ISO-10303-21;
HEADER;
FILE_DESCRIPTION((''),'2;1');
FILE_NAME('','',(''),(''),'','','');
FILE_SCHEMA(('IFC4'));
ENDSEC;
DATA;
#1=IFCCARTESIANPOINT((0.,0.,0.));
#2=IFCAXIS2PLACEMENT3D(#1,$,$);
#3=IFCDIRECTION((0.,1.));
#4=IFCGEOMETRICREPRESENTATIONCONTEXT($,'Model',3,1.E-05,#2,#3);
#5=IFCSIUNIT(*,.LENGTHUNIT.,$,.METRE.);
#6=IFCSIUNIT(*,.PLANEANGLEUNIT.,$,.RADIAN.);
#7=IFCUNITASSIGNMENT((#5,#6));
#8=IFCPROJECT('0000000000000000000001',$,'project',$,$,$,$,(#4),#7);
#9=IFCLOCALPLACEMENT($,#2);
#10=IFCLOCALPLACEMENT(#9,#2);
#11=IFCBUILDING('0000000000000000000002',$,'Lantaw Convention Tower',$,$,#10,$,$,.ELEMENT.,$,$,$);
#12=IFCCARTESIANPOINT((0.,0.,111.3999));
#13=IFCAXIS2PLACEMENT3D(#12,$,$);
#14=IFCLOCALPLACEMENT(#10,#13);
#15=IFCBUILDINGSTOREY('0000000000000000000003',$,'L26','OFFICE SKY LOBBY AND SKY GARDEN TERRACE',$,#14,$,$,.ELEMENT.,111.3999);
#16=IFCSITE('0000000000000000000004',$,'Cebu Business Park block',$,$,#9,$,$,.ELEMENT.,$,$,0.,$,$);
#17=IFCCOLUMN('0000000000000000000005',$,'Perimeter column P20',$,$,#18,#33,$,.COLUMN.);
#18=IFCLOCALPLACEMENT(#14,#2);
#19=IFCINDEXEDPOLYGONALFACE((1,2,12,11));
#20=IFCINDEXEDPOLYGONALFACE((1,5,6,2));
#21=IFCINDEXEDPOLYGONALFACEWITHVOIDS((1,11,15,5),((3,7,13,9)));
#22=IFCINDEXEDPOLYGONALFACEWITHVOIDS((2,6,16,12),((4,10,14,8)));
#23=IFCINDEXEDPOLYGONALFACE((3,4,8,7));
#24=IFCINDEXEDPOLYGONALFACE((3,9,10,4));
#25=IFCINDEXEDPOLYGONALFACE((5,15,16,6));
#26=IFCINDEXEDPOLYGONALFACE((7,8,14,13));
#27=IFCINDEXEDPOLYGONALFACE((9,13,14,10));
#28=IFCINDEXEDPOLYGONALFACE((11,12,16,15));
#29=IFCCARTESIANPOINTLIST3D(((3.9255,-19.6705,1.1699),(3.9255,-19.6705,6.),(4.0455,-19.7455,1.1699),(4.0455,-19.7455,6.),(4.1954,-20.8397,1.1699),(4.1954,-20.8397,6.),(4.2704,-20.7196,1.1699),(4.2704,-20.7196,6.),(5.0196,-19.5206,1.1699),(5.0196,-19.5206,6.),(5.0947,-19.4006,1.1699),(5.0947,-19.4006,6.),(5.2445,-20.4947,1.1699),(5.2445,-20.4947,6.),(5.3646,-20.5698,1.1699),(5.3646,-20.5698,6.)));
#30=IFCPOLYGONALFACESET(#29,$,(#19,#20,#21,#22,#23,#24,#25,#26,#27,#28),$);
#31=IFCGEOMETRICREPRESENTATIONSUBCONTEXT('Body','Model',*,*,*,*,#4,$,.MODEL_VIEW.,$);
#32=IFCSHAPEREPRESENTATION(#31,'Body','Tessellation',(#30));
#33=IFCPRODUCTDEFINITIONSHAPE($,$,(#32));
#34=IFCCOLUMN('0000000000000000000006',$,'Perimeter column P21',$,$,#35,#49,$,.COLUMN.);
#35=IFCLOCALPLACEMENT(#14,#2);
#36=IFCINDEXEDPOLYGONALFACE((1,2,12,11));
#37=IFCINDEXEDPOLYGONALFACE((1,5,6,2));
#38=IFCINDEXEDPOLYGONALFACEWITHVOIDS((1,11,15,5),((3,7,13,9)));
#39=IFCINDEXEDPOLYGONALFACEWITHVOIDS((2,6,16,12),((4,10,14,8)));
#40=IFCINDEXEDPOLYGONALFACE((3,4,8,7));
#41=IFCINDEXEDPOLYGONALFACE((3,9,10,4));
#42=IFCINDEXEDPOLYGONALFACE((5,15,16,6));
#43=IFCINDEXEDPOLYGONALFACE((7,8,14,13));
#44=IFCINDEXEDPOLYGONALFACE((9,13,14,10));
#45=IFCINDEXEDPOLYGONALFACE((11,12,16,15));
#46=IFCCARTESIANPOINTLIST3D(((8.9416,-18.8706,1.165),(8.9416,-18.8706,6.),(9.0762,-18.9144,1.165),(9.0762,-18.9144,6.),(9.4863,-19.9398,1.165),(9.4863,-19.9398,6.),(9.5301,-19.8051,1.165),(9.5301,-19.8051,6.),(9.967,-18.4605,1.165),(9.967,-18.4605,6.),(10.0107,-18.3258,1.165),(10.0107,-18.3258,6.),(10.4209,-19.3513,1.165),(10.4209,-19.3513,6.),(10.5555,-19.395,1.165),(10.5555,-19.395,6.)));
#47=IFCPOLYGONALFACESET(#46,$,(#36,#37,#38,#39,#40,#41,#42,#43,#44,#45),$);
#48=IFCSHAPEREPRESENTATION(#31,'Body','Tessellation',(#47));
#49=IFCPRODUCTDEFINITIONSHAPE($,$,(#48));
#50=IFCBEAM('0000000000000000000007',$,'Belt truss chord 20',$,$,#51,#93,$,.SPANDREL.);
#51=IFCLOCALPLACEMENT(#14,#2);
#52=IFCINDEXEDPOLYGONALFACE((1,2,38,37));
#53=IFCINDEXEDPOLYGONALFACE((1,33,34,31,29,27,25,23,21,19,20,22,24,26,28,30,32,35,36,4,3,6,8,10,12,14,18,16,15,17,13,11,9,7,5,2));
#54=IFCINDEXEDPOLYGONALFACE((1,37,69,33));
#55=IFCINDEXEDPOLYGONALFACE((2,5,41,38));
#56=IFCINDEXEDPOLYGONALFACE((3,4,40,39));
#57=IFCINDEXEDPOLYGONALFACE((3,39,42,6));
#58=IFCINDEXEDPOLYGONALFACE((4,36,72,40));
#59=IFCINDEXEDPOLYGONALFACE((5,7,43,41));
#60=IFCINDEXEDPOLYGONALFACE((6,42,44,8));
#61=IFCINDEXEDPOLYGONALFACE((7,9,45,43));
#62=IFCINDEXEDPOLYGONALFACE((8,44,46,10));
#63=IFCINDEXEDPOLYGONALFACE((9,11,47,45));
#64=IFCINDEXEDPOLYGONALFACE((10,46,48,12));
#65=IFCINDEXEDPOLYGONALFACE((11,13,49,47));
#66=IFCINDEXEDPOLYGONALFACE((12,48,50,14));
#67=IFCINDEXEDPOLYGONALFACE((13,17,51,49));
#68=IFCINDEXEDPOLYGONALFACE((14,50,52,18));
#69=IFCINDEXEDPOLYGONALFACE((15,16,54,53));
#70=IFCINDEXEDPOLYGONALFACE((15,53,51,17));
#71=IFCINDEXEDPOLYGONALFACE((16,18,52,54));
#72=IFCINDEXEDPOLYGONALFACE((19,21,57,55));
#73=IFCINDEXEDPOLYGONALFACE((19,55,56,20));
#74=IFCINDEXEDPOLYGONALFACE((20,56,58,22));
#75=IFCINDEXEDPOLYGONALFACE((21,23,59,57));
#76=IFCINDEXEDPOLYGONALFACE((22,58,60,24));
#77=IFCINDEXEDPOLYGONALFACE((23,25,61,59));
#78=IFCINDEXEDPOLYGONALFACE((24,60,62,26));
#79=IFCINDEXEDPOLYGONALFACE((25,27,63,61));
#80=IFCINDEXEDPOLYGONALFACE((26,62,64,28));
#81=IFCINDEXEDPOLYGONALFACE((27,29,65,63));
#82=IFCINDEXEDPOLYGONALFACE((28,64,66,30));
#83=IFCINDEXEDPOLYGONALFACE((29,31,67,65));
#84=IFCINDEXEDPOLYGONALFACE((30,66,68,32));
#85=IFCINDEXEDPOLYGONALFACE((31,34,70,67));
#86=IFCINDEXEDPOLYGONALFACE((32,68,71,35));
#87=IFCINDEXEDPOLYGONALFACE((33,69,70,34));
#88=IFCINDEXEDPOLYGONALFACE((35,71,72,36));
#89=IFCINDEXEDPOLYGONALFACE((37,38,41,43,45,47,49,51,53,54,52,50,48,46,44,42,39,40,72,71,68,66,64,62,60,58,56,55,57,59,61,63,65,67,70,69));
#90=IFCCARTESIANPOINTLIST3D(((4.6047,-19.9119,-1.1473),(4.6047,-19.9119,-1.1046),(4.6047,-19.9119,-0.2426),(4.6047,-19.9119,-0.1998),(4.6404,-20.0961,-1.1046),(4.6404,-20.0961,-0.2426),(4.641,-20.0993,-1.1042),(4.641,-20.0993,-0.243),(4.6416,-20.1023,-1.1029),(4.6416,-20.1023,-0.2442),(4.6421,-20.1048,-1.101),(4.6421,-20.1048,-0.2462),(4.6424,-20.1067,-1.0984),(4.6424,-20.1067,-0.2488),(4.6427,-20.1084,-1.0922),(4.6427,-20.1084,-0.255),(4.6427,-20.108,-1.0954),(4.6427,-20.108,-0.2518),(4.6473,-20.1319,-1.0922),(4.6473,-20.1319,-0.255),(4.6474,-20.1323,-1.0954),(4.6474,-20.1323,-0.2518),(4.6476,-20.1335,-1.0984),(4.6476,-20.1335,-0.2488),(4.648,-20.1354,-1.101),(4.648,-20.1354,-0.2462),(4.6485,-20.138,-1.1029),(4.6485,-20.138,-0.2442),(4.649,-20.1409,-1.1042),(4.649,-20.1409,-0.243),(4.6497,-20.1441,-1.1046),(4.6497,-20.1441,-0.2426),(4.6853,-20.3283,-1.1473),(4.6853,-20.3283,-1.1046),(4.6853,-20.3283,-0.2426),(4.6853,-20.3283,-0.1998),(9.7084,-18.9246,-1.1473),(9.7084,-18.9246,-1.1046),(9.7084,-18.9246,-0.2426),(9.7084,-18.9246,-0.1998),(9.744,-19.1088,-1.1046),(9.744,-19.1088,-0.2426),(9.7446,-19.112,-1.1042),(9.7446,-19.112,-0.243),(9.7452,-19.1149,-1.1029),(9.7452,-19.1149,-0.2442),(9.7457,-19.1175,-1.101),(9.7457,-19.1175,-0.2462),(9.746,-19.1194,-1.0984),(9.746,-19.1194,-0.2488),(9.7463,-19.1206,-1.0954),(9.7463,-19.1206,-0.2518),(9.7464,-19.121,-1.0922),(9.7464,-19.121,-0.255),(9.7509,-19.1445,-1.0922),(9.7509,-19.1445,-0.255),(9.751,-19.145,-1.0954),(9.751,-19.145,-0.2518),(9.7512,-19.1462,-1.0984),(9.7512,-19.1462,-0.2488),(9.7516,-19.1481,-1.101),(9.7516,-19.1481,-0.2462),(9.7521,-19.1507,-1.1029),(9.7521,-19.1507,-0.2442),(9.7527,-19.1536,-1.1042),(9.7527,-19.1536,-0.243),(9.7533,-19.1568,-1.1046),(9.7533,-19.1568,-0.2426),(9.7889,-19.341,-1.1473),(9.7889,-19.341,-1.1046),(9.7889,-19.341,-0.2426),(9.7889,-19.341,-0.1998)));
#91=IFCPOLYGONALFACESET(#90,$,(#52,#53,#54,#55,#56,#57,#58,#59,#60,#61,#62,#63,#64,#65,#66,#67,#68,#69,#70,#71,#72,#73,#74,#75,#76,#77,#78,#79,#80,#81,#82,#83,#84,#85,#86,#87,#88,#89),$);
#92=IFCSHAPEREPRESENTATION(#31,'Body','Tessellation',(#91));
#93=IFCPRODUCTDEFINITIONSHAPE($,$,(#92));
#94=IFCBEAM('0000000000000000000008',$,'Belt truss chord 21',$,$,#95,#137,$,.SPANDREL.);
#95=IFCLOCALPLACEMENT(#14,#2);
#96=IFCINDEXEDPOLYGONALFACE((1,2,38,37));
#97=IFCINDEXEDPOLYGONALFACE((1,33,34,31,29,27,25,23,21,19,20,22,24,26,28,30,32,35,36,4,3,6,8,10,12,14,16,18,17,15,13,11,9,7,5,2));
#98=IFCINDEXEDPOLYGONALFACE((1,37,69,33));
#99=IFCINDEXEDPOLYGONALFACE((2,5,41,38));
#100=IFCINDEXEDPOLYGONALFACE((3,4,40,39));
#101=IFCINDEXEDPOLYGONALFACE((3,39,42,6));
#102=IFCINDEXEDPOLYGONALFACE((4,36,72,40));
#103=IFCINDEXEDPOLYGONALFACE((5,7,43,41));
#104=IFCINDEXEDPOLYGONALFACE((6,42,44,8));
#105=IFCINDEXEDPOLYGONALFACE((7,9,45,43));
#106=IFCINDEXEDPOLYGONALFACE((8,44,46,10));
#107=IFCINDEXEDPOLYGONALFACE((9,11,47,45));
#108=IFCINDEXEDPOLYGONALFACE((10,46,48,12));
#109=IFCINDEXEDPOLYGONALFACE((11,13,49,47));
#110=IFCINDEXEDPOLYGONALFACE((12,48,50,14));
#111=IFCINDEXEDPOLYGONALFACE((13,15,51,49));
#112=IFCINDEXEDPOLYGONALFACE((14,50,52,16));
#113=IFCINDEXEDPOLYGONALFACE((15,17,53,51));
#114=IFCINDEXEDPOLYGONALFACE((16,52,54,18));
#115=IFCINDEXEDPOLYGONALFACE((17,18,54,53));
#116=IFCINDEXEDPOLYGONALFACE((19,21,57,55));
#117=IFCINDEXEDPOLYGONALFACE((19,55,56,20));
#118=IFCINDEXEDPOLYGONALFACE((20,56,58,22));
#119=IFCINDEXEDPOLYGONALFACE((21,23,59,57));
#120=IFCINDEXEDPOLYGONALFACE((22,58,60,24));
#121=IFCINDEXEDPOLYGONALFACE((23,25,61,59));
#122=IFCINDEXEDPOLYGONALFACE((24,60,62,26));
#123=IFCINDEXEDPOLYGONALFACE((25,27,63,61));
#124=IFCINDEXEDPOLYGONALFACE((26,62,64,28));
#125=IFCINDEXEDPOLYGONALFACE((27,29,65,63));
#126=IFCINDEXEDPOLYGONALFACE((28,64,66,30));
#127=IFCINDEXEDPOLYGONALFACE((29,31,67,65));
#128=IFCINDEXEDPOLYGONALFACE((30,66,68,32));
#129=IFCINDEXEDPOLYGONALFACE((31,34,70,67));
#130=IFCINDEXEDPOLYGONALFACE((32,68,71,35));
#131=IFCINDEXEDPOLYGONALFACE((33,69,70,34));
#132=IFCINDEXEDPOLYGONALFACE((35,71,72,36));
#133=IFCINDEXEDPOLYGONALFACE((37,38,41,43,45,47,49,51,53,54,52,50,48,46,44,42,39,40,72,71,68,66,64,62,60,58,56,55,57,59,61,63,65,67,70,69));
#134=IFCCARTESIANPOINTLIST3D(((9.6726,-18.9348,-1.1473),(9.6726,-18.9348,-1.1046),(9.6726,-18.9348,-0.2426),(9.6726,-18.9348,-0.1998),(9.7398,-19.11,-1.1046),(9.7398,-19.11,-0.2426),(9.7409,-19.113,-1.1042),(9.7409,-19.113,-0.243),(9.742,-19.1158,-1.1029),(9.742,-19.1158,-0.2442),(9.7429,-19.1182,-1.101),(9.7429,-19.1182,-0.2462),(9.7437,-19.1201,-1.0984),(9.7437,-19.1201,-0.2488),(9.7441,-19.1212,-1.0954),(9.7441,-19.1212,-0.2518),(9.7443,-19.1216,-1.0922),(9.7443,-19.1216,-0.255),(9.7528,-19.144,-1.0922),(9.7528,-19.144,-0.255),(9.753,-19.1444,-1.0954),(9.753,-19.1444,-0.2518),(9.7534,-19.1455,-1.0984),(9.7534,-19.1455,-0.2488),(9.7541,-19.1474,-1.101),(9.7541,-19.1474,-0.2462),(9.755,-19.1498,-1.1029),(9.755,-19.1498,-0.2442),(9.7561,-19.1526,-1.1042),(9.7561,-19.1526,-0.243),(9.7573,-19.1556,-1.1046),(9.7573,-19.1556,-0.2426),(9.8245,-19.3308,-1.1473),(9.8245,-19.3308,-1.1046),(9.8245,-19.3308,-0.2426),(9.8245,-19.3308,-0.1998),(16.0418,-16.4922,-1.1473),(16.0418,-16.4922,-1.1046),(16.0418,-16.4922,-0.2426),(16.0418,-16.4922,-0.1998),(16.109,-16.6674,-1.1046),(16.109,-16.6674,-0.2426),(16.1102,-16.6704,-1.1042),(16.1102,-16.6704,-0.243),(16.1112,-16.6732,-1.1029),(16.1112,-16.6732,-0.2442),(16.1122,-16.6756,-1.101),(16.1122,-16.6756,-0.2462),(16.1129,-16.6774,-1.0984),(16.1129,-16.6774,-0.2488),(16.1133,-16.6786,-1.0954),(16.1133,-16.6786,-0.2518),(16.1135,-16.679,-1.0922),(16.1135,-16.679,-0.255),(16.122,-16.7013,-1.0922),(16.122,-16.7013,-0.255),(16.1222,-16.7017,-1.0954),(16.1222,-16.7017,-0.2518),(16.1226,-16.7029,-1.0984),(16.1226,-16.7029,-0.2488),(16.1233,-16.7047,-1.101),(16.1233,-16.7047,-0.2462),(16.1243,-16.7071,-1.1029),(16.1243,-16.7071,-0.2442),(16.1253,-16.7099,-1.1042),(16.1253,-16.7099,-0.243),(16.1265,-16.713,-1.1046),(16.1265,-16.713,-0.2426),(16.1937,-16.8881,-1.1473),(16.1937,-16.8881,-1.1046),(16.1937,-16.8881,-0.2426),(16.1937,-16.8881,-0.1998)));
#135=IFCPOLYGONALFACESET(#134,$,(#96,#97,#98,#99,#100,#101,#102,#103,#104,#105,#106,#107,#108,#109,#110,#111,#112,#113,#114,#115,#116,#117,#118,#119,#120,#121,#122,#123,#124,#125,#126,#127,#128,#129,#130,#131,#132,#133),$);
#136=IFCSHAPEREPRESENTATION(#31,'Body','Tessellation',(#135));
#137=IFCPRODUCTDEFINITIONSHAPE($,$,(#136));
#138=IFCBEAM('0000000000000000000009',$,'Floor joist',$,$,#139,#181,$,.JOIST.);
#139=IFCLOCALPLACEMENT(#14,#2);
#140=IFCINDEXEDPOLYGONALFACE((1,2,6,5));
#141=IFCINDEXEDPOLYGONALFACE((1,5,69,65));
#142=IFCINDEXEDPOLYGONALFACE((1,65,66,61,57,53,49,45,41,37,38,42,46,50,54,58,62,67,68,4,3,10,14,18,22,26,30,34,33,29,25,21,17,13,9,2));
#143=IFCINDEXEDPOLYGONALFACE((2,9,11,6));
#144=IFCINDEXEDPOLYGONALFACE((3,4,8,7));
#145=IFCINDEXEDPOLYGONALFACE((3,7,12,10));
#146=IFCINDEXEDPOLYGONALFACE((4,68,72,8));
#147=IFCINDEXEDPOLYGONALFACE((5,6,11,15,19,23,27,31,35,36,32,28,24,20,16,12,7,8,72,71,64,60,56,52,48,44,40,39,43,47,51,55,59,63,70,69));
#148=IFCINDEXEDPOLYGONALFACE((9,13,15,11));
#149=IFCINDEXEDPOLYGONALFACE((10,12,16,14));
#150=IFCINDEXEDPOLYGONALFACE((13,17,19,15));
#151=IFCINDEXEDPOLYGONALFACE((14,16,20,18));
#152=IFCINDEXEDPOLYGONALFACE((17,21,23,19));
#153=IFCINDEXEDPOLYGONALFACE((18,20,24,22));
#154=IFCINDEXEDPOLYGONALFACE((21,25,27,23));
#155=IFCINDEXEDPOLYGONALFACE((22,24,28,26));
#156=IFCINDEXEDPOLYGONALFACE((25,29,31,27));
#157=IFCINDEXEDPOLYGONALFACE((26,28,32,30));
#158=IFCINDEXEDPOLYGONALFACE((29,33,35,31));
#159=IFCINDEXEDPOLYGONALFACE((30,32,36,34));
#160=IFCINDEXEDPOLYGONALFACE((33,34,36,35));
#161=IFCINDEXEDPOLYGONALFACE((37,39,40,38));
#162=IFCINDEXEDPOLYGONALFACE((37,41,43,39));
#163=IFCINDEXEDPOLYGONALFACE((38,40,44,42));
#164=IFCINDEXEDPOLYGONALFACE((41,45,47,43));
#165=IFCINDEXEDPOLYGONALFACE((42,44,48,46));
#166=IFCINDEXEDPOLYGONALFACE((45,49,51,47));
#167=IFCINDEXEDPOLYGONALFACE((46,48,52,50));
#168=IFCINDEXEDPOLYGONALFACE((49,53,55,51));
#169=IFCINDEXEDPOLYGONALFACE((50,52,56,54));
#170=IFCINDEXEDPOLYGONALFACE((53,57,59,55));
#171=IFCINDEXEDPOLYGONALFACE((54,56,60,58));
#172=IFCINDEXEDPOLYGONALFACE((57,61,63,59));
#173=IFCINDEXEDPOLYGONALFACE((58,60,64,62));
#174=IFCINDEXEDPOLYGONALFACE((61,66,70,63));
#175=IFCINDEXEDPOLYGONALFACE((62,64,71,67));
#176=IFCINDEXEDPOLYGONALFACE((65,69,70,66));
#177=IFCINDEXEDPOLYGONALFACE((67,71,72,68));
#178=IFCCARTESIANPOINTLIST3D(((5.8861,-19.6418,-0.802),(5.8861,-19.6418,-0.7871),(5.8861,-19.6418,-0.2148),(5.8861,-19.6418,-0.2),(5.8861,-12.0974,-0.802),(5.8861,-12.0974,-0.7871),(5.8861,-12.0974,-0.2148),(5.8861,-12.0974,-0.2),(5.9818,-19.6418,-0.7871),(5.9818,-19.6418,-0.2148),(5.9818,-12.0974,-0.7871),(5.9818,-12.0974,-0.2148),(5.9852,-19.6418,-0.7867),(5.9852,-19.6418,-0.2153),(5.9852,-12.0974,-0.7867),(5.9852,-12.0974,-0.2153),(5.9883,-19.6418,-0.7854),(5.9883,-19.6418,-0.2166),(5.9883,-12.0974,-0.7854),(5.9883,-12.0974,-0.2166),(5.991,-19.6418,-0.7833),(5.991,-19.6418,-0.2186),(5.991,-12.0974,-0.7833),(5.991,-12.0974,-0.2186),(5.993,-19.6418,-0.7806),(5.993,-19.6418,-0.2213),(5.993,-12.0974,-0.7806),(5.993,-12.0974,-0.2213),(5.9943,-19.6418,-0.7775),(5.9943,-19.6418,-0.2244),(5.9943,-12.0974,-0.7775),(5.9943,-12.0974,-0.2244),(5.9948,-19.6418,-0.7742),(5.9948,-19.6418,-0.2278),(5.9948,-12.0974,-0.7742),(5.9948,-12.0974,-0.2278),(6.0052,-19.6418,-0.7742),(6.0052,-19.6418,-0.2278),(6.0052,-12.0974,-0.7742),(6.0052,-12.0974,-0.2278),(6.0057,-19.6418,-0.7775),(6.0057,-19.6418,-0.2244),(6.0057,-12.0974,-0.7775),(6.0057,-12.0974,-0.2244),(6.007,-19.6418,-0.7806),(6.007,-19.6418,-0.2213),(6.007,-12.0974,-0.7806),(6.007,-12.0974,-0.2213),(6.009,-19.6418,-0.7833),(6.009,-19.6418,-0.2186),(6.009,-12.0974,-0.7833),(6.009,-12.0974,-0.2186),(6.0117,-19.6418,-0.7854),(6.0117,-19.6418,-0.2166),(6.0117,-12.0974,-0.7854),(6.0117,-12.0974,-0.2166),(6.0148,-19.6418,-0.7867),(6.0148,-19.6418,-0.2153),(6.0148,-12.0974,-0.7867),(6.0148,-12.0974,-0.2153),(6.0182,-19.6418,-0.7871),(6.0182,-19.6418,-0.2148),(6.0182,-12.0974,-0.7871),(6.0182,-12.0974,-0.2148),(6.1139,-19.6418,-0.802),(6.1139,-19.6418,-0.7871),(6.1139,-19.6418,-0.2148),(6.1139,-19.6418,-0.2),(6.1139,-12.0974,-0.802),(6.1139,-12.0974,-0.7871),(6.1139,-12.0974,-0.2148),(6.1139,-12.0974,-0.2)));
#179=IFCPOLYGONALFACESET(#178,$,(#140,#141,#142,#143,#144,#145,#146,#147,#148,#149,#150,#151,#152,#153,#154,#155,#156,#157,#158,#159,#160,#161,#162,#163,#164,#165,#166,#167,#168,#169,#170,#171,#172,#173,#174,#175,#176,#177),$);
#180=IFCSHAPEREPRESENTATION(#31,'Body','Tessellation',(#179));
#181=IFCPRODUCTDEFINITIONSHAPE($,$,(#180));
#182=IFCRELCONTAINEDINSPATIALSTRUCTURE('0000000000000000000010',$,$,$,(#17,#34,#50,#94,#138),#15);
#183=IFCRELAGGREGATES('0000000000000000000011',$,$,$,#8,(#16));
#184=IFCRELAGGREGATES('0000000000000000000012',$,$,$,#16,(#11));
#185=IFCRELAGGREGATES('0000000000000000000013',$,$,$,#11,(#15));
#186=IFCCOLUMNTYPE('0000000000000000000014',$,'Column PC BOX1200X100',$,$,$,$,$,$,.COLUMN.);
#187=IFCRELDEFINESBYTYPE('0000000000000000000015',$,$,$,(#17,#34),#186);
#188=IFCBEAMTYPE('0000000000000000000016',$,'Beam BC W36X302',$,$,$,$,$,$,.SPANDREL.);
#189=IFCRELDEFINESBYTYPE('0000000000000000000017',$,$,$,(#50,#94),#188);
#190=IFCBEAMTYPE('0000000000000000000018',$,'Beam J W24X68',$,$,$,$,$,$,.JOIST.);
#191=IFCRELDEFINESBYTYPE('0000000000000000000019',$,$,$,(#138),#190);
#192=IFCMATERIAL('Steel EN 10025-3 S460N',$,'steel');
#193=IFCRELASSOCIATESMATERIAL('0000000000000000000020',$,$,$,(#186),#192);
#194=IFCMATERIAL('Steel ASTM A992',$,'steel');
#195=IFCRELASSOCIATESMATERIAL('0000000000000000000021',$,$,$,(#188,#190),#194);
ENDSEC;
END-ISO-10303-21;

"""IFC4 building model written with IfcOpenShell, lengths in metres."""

from ifc_helpers import new_model, si_unit, direction, frame, origin, origin_2d, place, context, subcontext, project, spatial, rectangle, hollow_rectangle, i_section, extrude, material, material_profile, profile_set, type_object, element, save


model = new_model("IFC4")

# Units and contexts
model_context = context("Model", 3, precision=1e-05, world=origin(), true_north=direction((0.0, 1.0)))
body_context = subcontext(model_context, "Body", "Model", "MODEL_VIEW")
ifc_project = project(units=[si_unit("LENGTHUNIT", "METRE"), si_unit("PLANEANGLEUNIT", "RADIAN")], contexts=[model_context])

# Site, building, storey
site_placement = place(None, origin())
site = spatial("IfcSite", under=ifc_project, at=site_placement, Name="Cebu Business Park block", CompositionType="ELEMENT", RefElevation=0.0)
building_placement = place(site_placement, origin())
building = spatial("IfcBuilding", under=site, at=building_placement, Name="Lantaw Convention Tower", CompositionType="ELEMENT")
storey_placement = place(building_placement, frame((0.0, 0.0, 111.3999)))
storey = spatial("IfcBuildingStorey", under=building, at=storey_placement, Name="L26", Description="OFFICE SKY LOBBY AND SKY GARDEN TERRACE", CompositionType="ELEMENT", Elevation=111.3999)

# Columns
ifc_material_1 = material(Name="Steel EN 10025-3 S460N", Category="steel")
ifc_material_profile_1 = material_profile(ifc_material_1, hollow_rectangle(XDim=1.2, YDim=1.2, WallThickness=0.1001, at=origin_2d()), Name="BOX1200X100")
ifc_material_2 = material(Name="Concrete C60/75", Category="concrete")
ifc_material_profile_2 = material_profile(ifc_material_2, rectangle(XDim=1.0, YDim=1.0, at=origin_2d()), Name="Concrete fill of BOX1200X100")
ifc_profile_set_1 = profile_set([ifc_material_profile_1, ifc_material_profile_2], Name="Steel EN 10025-3 S460N")
column_type = type_object("IfcColumnType", Name="Column PC BOX1200X100", PredefinedType="COLUMN", material=ifc_profile_set_1)
column_1_placement = place(storey_placement, frame((4.645, -20.1201, 1.1699), z_axis=(0.0, 0.0, 1.0), x_axis=(0.97437, 0.224951, 0.0)))
element("IfcColumn", 1, at=column_1_placement, inside=storey, type_object=column_type, Name="Perimeter column P20", PredefinedType="COLUMN", context=body_context, shape_type="SweptSolid", body=[
    extrude(hollow_rectangle(XDim=1.2, YDim=1.2, WallThickness=0.1001, at=origin_2d()), origin(), (0.0, 0.0, 1.0), 4.8301),
])
column_2_placement = place(storey_placement, frame((9.7485, -19.1328, 1.165), z_axis=(0.0, 0.0, 1.0), x_axis=(0.891007, 0.45399, 0.0)))
element("IfcColumn", 2, at=column_2_placement, inside=storey, type_object=column_type, Name="Perimeter column P21", PredefinedType="COLUMN", context=body_context, shape_type="SweptSolid", body=[
    extrude(hollow_rectangle(XDim=1.2, YDim=1.2, WallThickness=0.1001, at=origin_2d()), origin(), (0.0, 0.0, 1.0), 4.835),
])

# Beams
ifc_material_3 = material(Name="Steel ASTM A992", Category="steel")
ifc_material_profile_3 = material_profile(ifc_material_3, i_section(OverallWidth=0.4241, OverallDepth=0.9475, WebThickness=0.0239, FlangeThickness=0.0427, FilletRadius=0.0125, at=origin_2d()), Name="W36X302")
ifc_profile_set_2 = profile_set([ifc_material_profile_3], Name="Steel ASTM A992")
beam_type_1 = type_object("IfcBeamType", Name="Beam BC W36X302", PredefinedType="SPANDREL", material=ifc_profile_set_2)
beam_1_placement = place(storey_placement, frame((4.645, -20.1201, -0.6736), z_axis=(0.981797, 0.189934, 0.0), x_axis=(-0.189934, 0.981797, 0.0)))
element("IfcBeam", 3, at=beam_1_placement, inside=storey, type_object=beam_type_1, Name="Belt truss chord 20", PredefinedType="SPANDREL", context=body_context, shape_type="SweptSolid", body=[
    extrude(i_section(OverallWidth=0.4241, OverallDepth=0.9475, WebThickness=0.0239, FlangeThickness=0.0427, FilletRadius=0.0125, at=origin_2d()), origin(), (0.0, 0.0, 1.0), 5.1982),
])
beam_2_placement = place(storey_placement, frame((9.7485, -19.1328, -0.6736), z_axis=(0.933691, 0.35808, 0.0), x_axis=(-0.35808, 0.933691, 0.0)))
element("IfcBeam", 4, at=beam_2_placement, inside=storey, type_object=beam_type_1, Name="Belt truss chord 21", PredefinedType="SPANDREL", context=body_context, shape_type="SweptSolid", body=[
    extrude(i_section(OverallWidth=0.4241, OverallDepth=0.9475, WebThickness=0.0239, FlangeThickness=0.0427, FilletRadius=0.0125, at=origin_2d()), origin(), (0.0, 0.0, 1.0), 6.8215),
])
ifc_material_profile_4 = material_profile(ifc_material_3, i_section(OverallWidth=0.2278, OverallDepth=0.6021, WebThickness=0.0105, FlangeThickness=0.0149, FilletRadius=0.0129, at=origin_2d()), Name="W24X68")
ifc_profile_set_3 = profile_set([ifc_material_profile_4], Name="Steel ASTM A992")
beam_type_2 = type_object("IfcBeamType", Name="Beam J W24X68", PredefinedType="JOIST", material=ifc_profile_set_3)
beam_3_placement = place(storey_placement, frame((6.0, -19.6418, -0.501), z_axis=(0.0, 1.0, 0.0), x_axis=(-1.0, 0.0, 0.0)))
element("IfcBeam", 5, at=beam_3_placement, inside=storey, type_object=beam_type_2, Name="Floor joist", PredefinedType="JOIST", context=body_context, shape_type="SweptSolid", body=[
    extrude(i_section(OverallWidth=0.2278, OverallDepth=0.6021, WebThickness=0.0105, FlangeThickness=0.0149, FilletRadius=0.0129, at=origin_2d()), origin(), (0.0, 0.0, 1.0), 7.5444),
])

save(model, "model.ifc")
